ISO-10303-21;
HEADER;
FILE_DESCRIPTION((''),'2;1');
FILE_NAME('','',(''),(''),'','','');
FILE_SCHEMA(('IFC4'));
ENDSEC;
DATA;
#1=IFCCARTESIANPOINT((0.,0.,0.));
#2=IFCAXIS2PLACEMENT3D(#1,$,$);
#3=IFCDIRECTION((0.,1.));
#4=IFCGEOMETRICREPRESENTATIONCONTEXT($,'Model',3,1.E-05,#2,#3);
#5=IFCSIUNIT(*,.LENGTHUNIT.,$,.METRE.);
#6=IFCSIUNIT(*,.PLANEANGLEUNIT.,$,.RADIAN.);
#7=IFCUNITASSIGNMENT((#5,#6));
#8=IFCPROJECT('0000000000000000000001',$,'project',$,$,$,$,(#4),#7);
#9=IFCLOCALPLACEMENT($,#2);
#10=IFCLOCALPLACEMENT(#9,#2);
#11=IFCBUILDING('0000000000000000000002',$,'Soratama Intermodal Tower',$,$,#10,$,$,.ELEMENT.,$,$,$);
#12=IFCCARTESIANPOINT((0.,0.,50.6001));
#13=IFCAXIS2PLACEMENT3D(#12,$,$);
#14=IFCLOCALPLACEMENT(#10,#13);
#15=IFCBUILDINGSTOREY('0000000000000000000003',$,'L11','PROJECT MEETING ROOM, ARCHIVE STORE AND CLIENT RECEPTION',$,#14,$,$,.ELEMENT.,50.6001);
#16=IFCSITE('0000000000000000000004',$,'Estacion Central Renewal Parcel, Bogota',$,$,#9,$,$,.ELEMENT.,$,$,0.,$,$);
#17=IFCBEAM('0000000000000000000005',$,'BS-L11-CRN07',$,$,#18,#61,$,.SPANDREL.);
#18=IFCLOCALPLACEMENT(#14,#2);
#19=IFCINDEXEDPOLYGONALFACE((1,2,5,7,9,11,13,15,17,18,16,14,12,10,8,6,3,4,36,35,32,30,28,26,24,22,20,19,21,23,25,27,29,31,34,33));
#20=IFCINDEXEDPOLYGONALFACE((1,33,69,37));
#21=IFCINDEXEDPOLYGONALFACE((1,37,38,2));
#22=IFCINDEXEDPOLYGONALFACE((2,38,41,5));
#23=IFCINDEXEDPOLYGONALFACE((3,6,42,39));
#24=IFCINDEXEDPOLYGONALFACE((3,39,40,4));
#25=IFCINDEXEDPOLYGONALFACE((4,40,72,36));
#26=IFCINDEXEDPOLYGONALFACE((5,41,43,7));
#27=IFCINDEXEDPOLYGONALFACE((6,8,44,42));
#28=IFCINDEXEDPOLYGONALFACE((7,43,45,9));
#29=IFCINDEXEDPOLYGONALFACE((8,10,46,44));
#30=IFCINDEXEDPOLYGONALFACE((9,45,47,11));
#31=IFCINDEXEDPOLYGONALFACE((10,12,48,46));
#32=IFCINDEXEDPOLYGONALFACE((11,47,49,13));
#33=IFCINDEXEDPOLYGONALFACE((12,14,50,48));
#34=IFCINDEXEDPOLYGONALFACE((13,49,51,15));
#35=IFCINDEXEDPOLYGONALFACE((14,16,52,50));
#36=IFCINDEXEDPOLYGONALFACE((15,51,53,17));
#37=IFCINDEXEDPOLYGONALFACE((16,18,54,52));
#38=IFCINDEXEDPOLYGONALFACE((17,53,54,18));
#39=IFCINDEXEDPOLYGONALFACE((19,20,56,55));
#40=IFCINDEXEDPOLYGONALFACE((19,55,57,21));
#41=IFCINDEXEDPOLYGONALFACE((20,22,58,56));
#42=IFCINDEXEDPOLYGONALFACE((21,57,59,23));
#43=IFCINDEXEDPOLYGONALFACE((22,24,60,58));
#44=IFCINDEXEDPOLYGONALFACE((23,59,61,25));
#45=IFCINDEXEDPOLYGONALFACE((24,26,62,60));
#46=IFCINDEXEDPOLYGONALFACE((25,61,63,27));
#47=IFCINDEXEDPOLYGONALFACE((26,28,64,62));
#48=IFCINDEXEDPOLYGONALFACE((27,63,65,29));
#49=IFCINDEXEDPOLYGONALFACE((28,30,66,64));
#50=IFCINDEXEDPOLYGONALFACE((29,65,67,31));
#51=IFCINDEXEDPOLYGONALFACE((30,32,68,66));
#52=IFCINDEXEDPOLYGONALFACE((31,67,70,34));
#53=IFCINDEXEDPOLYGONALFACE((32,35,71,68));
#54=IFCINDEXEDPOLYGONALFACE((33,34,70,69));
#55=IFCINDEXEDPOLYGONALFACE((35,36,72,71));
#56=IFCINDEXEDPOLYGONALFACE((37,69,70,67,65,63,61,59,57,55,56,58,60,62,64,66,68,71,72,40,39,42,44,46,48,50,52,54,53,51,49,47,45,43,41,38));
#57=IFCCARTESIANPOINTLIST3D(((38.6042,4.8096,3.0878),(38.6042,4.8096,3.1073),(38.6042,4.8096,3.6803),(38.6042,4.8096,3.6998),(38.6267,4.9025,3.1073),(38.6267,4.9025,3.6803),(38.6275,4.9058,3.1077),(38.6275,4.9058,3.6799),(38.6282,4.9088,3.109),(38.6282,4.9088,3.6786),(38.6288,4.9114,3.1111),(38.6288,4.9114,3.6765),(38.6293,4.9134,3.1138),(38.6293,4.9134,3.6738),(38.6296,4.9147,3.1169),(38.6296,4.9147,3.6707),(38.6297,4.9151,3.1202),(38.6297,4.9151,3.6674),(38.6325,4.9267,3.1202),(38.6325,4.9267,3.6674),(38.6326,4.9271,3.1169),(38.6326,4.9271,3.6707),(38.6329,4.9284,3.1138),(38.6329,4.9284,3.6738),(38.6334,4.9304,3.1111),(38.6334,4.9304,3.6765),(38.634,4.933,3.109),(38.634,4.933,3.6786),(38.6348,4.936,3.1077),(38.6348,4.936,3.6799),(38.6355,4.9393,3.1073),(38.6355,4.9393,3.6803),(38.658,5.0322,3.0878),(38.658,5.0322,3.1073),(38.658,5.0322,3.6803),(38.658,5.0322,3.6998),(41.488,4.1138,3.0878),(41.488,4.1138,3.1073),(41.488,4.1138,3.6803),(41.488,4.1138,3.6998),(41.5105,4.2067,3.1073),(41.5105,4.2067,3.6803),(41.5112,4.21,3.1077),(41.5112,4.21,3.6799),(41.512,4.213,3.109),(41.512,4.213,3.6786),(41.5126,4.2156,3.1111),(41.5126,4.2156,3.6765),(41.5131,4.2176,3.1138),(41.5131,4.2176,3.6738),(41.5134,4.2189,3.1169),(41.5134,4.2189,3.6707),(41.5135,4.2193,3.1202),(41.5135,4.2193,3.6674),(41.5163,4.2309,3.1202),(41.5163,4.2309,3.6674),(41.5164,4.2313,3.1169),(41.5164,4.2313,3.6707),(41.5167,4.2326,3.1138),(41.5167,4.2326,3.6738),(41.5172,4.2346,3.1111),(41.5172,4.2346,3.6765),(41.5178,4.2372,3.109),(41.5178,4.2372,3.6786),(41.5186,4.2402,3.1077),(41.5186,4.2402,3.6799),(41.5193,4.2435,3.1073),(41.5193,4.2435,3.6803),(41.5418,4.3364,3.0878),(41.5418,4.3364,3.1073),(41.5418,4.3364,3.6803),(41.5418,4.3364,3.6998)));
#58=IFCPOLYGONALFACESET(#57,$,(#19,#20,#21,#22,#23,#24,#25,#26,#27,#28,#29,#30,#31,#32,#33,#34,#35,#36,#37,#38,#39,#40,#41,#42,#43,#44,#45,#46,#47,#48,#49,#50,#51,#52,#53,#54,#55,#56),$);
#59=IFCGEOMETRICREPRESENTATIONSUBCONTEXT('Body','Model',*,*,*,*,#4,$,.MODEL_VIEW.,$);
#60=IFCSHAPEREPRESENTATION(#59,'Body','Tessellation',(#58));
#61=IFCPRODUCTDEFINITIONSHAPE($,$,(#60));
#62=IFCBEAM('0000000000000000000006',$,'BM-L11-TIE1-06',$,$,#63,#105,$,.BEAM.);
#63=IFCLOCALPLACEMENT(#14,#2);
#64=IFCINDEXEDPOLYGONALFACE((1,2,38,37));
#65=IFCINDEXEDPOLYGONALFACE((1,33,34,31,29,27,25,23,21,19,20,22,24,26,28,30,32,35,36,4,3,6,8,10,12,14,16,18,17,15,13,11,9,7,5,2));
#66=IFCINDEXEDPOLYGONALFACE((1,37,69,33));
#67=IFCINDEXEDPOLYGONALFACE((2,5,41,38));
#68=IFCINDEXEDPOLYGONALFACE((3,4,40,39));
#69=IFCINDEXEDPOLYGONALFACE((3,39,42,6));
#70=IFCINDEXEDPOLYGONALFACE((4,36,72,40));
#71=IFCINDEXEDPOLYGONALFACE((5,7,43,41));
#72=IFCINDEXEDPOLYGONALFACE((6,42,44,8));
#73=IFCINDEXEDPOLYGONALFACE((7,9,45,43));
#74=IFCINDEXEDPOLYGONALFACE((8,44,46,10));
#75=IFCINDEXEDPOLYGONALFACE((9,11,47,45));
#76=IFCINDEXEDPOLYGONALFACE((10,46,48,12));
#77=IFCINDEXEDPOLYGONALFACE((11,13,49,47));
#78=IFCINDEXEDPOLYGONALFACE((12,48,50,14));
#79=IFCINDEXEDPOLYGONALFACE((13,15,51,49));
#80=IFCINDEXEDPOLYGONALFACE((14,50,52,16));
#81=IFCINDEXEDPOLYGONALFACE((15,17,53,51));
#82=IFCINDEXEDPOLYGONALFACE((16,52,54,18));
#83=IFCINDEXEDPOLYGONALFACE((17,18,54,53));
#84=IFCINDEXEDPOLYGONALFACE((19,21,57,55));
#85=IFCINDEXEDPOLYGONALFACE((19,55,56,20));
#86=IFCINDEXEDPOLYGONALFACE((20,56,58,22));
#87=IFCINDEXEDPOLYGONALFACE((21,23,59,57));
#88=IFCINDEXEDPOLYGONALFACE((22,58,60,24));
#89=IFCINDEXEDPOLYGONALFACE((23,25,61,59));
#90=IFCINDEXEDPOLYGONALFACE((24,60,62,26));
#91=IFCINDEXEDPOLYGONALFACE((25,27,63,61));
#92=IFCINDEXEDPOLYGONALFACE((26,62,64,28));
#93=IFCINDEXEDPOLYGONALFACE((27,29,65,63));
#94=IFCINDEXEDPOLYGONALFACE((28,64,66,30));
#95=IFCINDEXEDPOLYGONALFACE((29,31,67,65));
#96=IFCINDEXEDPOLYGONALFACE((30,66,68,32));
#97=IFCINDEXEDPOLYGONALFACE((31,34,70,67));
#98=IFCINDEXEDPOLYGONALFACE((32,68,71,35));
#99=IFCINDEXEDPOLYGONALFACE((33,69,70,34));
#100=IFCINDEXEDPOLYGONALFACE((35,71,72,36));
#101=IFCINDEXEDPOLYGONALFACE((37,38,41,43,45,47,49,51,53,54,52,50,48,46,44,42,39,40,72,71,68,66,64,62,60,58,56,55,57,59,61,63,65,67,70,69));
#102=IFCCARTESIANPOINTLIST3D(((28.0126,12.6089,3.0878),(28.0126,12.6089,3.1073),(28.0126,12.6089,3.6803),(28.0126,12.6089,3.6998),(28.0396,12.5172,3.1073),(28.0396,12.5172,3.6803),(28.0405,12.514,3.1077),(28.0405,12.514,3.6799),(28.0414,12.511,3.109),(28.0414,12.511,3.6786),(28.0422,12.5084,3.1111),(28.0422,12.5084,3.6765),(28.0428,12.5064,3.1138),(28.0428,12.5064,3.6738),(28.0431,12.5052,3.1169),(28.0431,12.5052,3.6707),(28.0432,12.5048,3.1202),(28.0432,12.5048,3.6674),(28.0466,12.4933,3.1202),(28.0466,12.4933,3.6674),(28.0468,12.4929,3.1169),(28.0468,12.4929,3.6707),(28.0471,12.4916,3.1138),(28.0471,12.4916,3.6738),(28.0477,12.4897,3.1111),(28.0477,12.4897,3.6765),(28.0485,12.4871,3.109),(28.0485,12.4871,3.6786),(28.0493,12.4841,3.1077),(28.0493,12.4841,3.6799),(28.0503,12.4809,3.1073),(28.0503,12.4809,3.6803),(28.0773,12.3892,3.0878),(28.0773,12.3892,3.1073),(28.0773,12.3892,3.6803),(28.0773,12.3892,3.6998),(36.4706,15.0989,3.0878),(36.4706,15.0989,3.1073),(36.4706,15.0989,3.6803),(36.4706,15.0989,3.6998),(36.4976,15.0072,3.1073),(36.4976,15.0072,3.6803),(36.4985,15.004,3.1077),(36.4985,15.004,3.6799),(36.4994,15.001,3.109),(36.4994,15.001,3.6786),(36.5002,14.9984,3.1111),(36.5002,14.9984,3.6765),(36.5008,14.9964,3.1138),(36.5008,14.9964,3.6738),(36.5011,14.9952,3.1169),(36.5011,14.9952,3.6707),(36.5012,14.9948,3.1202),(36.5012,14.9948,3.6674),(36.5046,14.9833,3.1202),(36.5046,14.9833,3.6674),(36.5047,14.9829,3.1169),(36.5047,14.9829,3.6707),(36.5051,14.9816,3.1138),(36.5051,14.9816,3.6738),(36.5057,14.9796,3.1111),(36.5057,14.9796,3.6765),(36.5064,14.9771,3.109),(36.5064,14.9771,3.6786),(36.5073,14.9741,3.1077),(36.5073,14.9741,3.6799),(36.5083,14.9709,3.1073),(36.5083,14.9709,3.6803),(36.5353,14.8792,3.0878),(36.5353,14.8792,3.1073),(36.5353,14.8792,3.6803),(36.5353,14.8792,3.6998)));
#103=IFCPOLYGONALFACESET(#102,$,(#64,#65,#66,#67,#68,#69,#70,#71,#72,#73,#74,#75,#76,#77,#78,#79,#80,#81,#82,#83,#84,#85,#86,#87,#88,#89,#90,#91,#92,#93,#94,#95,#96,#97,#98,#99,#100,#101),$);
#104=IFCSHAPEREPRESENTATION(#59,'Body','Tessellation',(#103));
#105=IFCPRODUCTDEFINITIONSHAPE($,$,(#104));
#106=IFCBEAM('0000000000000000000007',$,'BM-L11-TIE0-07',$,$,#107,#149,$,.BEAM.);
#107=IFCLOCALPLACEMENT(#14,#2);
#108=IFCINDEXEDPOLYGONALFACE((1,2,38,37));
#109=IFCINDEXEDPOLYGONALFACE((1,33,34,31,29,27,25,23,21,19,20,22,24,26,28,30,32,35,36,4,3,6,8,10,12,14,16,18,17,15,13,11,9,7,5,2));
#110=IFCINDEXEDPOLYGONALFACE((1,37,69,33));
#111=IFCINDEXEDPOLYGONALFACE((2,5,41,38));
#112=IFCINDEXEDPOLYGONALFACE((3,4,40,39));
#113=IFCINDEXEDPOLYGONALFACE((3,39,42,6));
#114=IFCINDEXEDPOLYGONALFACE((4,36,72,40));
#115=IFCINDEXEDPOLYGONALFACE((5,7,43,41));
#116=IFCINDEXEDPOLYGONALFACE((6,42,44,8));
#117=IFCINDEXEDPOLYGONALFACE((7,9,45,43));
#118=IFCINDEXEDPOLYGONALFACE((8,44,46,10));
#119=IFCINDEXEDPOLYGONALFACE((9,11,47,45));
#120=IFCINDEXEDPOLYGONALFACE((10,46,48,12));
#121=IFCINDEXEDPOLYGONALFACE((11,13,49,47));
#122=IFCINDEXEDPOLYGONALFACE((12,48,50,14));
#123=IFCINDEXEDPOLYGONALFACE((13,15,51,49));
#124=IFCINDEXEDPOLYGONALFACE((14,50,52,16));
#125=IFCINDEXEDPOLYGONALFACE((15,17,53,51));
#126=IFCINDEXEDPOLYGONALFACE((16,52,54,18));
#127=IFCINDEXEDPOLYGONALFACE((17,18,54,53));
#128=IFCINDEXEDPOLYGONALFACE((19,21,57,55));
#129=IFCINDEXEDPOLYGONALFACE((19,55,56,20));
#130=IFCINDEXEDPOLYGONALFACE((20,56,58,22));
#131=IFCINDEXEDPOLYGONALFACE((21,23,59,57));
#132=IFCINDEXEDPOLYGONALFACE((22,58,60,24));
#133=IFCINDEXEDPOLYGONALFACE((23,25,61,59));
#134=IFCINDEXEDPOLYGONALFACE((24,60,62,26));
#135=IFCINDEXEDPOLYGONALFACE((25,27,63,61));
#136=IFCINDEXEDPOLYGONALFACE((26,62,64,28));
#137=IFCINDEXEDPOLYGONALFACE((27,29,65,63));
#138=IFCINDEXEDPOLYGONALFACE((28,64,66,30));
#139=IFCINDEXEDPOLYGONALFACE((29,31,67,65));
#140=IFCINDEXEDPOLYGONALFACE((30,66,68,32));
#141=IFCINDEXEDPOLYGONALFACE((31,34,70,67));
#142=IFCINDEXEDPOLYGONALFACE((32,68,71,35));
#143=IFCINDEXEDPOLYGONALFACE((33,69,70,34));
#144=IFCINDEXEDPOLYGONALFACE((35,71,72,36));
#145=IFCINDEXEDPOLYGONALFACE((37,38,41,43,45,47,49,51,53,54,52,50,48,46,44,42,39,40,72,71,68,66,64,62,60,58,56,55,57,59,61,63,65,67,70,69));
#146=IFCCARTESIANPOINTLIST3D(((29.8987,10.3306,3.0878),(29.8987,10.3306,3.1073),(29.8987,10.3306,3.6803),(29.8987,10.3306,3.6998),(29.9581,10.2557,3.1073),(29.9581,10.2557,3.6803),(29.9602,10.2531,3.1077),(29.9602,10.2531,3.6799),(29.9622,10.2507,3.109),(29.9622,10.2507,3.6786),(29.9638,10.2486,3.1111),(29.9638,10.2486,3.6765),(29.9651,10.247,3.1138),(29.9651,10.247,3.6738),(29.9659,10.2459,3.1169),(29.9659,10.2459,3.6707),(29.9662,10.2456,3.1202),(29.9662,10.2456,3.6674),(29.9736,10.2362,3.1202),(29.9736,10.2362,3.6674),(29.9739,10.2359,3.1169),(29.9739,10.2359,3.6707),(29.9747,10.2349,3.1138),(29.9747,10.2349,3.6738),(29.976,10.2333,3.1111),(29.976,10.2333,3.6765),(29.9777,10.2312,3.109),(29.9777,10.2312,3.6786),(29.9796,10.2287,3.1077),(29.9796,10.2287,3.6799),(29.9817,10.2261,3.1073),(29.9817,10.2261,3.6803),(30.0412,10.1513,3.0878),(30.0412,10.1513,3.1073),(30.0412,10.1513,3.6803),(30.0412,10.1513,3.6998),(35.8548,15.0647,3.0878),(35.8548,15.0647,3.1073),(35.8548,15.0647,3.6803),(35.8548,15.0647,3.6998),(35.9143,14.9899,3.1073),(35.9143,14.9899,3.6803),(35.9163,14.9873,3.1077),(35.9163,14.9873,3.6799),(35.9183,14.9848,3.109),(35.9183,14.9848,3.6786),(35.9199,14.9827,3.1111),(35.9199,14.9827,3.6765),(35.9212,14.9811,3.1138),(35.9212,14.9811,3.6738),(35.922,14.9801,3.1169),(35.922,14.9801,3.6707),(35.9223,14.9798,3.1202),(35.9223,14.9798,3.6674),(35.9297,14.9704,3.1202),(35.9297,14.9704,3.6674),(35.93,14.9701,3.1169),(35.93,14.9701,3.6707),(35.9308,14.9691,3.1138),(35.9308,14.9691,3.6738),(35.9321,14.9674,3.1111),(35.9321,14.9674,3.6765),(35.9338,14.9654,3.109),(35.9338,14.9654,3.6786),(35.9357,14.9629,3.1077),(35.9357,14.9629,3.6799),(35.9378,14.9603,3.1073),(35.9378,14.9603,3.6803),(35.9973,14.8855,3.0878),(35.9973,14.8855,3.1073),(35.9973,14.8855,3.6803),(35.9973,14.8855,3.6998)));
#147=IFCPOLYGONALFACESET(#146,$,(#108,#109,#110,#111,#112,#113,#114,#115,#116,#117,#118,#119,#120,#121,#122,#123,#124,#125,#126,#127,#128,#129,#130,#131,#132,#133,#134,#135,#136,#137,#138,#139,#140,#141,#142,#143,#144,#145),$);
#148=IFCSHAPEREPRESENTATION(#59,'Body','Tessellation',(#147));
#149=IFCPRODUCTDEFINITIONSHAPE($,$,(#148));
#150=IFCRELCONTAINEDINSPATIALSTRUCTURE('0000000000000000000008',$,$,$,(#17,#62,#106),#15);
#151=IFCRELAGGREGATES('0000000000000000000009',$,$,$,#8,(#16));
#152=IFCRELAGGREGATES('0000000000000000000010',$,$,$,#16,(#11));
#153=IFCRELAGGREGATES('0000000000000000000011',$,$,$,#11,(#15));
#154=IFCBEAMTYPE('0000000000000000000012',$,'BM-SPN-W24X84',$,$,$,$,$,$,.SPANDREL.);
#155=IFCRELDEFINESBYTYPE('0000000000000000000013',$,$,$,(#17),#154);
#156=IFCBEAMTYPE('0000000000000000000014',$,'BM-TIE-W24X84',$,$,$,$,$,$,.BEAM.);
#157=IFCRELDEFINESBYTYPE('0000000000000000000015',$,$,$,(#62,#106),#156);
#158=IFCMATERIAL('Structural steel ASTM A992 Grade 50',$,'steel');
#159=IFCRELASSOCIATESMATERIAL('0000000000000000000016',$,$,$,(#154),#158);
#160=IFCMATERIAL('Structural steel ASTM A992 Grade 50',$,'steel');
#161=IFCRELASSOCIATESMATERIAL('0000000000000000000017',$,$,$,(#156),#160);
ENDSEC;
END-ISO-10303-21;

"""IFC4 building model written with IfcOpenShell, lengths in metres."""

from ifc_helpers import new_model, si_unit, direction, frame, origin, origin_2d, place, context, subcontext, project, spatial, i_section, extrude, material, material_profile, profile_set, type_object, element, save


model = new_model("IFC4")

# Units and contexts
model_context = context("Model", 3, precision=1e-05, world=origin(), true_north=direction((0.0, 1.0)))
body_context = subcontext(model_context, "Body", "Model", "MODEL_VIEW")
ifc_project = project(units=[si_unit("LENGTHUNIT", "METRE"), si_unit("PLANEANGLEUNIT", "RADIAN")], contexts=[model_context])

# Site, building, storey
site_placement = place(None, origin())
site = spatial("IfcSite", under=ifc_project, at=site_placement, Name="Estacion Central Renewal Parcel, Bogota", CompositionType="ELEMENT", RefElevation=0.0)
building_placement = place(site_placement, origin())
building = spatial("IfcBuilding", under=site, at=building_placement, Name="Soratama Intermodal Tower", CompositionType="ELEMENT")
storey_placement = place(building_placement, frame((0.0, 0.0, 50.6001)))
storey = spatial("IfcBuildingStorey", under=building, at=storey_placement, Name="L11", Description="PROJECT MEETING ROOM, ARCHIVE STORE AND CLIENT RECEPTION", CompositionType="ELEMENT", Elevation=50.6001)

# Beams
ifc_material_1 = material(Name="Structural steel ASTM A992 Grade 50", Category="steel")
ifc_material_profile_1 = material_profile(ifc_material_1, i_section(OverallWidth=0.229, OverallDepth=0.6121, WebThickness=0.012, FlangeThickness=0.0195, FilletRadius=0.0129, at=origin_2d()), Name="W24X84")
ifc_profile_set_1 = profile_set([ifc_material_profile_1], Name="Structural steel ASTM A992 Grade 50")
beam_type_1 = type_object("IfcBeamType", Name="BM-SPN-W24X84", PredefinedType="SPANDREL", material=ifc_profile_set_1)
beam_1_placement = place(storey_placement, frame((38.6311, 4.9209, 3.3938), z_axis=(0.972104, -0.234549, 0.0), x_axis=(0.234549, 0.972104, 0.0)))
element("IfcBeam", 1, at=beam_1_placement, inside=storey, type_object=beam_type_1, Name="BS-L11-CRN07", PredefinedType="SPANDREL", context=body_context, shape_type="SweptSolid", body=[
    extrude(i_section(OverallWidth=0.229, OverallDepth=0.6121, WebThickness=0.012, FlangeThickness=0.0195, FilletRadius=0.0129, at=origin_2d()), origin(), (0.0, 0.0, 1.0), 2.9666),
])
ifc_material_2 = material(Name="Structural steel ASTM A992 Grade 50", Category="steel")
ifc_material_profile_2 = material_profile(ifc_material_2, i_section(OverallWidth=0.229, OverallDepth=0.6121, WebThickness=0.012, FlangeThickness=0.0195, FilletRadius=0.0129, at=origin_2d()), Name="W24X84")
ifc_profile_set_2 = profile_set([ifc_material_profile_2], Name="Structural steel ASTM A992 Grade 50")
beam_type_2 = type_object("IfcBeamType", Name="BM-TIE-W24X84", PredefinedType="BEAM", material=ifc_profile_set_2)
beam_2_placement = place(storey_placement, frame((36.5029, 14.989, 3.3938), z_axis=(-0.959294, -0.282411, 0.0), x_axis=(0.282411, -0.959294, 0.0)))
element("IfcBeam", 2, at=beam_2_placement, inside=storey, type_object=beam_type_2, Name="BM-L11-TIE1-06", PredefinedType="BEAM", context=body_context, shape_type="SweptSolid", body=[
    extrude(i_section(OverallWidth=0.229, OverallDepth=0.6121, WebThickness=0.012, FlangeThickness=0.0195, FilletRadius=0.0129, at=origin_2d()), origin(), (0.0, 0.0, 1.0), 8.8169),
])
beam_3_placement = place(storey_placement, frame((35.926, 14.9751, 3.3938), z_axis=(-0.782834, -0.622231, 0.0), x_axis=(0.622231, -0.782834, 0.0)))
element("IfcBeam", 3, at=beam_3_placement, inside=storey, type_object=beam_type_2, Name="BM-L11-TIE0-07", PredefinedType="BEAM", context=body_context, shape_type="SweptSolid", body=[
    extrude(i_section(OverallWidth=0.229, OverallDepth=0.6121, WebThickness=0.012, FlangeThickness=0.0195, FilletRadius=0.0129, at=origin_2d()), origin(), (0.0, 0.0, 1.0), 7.6084),
])

save(model, "model.ifc")
